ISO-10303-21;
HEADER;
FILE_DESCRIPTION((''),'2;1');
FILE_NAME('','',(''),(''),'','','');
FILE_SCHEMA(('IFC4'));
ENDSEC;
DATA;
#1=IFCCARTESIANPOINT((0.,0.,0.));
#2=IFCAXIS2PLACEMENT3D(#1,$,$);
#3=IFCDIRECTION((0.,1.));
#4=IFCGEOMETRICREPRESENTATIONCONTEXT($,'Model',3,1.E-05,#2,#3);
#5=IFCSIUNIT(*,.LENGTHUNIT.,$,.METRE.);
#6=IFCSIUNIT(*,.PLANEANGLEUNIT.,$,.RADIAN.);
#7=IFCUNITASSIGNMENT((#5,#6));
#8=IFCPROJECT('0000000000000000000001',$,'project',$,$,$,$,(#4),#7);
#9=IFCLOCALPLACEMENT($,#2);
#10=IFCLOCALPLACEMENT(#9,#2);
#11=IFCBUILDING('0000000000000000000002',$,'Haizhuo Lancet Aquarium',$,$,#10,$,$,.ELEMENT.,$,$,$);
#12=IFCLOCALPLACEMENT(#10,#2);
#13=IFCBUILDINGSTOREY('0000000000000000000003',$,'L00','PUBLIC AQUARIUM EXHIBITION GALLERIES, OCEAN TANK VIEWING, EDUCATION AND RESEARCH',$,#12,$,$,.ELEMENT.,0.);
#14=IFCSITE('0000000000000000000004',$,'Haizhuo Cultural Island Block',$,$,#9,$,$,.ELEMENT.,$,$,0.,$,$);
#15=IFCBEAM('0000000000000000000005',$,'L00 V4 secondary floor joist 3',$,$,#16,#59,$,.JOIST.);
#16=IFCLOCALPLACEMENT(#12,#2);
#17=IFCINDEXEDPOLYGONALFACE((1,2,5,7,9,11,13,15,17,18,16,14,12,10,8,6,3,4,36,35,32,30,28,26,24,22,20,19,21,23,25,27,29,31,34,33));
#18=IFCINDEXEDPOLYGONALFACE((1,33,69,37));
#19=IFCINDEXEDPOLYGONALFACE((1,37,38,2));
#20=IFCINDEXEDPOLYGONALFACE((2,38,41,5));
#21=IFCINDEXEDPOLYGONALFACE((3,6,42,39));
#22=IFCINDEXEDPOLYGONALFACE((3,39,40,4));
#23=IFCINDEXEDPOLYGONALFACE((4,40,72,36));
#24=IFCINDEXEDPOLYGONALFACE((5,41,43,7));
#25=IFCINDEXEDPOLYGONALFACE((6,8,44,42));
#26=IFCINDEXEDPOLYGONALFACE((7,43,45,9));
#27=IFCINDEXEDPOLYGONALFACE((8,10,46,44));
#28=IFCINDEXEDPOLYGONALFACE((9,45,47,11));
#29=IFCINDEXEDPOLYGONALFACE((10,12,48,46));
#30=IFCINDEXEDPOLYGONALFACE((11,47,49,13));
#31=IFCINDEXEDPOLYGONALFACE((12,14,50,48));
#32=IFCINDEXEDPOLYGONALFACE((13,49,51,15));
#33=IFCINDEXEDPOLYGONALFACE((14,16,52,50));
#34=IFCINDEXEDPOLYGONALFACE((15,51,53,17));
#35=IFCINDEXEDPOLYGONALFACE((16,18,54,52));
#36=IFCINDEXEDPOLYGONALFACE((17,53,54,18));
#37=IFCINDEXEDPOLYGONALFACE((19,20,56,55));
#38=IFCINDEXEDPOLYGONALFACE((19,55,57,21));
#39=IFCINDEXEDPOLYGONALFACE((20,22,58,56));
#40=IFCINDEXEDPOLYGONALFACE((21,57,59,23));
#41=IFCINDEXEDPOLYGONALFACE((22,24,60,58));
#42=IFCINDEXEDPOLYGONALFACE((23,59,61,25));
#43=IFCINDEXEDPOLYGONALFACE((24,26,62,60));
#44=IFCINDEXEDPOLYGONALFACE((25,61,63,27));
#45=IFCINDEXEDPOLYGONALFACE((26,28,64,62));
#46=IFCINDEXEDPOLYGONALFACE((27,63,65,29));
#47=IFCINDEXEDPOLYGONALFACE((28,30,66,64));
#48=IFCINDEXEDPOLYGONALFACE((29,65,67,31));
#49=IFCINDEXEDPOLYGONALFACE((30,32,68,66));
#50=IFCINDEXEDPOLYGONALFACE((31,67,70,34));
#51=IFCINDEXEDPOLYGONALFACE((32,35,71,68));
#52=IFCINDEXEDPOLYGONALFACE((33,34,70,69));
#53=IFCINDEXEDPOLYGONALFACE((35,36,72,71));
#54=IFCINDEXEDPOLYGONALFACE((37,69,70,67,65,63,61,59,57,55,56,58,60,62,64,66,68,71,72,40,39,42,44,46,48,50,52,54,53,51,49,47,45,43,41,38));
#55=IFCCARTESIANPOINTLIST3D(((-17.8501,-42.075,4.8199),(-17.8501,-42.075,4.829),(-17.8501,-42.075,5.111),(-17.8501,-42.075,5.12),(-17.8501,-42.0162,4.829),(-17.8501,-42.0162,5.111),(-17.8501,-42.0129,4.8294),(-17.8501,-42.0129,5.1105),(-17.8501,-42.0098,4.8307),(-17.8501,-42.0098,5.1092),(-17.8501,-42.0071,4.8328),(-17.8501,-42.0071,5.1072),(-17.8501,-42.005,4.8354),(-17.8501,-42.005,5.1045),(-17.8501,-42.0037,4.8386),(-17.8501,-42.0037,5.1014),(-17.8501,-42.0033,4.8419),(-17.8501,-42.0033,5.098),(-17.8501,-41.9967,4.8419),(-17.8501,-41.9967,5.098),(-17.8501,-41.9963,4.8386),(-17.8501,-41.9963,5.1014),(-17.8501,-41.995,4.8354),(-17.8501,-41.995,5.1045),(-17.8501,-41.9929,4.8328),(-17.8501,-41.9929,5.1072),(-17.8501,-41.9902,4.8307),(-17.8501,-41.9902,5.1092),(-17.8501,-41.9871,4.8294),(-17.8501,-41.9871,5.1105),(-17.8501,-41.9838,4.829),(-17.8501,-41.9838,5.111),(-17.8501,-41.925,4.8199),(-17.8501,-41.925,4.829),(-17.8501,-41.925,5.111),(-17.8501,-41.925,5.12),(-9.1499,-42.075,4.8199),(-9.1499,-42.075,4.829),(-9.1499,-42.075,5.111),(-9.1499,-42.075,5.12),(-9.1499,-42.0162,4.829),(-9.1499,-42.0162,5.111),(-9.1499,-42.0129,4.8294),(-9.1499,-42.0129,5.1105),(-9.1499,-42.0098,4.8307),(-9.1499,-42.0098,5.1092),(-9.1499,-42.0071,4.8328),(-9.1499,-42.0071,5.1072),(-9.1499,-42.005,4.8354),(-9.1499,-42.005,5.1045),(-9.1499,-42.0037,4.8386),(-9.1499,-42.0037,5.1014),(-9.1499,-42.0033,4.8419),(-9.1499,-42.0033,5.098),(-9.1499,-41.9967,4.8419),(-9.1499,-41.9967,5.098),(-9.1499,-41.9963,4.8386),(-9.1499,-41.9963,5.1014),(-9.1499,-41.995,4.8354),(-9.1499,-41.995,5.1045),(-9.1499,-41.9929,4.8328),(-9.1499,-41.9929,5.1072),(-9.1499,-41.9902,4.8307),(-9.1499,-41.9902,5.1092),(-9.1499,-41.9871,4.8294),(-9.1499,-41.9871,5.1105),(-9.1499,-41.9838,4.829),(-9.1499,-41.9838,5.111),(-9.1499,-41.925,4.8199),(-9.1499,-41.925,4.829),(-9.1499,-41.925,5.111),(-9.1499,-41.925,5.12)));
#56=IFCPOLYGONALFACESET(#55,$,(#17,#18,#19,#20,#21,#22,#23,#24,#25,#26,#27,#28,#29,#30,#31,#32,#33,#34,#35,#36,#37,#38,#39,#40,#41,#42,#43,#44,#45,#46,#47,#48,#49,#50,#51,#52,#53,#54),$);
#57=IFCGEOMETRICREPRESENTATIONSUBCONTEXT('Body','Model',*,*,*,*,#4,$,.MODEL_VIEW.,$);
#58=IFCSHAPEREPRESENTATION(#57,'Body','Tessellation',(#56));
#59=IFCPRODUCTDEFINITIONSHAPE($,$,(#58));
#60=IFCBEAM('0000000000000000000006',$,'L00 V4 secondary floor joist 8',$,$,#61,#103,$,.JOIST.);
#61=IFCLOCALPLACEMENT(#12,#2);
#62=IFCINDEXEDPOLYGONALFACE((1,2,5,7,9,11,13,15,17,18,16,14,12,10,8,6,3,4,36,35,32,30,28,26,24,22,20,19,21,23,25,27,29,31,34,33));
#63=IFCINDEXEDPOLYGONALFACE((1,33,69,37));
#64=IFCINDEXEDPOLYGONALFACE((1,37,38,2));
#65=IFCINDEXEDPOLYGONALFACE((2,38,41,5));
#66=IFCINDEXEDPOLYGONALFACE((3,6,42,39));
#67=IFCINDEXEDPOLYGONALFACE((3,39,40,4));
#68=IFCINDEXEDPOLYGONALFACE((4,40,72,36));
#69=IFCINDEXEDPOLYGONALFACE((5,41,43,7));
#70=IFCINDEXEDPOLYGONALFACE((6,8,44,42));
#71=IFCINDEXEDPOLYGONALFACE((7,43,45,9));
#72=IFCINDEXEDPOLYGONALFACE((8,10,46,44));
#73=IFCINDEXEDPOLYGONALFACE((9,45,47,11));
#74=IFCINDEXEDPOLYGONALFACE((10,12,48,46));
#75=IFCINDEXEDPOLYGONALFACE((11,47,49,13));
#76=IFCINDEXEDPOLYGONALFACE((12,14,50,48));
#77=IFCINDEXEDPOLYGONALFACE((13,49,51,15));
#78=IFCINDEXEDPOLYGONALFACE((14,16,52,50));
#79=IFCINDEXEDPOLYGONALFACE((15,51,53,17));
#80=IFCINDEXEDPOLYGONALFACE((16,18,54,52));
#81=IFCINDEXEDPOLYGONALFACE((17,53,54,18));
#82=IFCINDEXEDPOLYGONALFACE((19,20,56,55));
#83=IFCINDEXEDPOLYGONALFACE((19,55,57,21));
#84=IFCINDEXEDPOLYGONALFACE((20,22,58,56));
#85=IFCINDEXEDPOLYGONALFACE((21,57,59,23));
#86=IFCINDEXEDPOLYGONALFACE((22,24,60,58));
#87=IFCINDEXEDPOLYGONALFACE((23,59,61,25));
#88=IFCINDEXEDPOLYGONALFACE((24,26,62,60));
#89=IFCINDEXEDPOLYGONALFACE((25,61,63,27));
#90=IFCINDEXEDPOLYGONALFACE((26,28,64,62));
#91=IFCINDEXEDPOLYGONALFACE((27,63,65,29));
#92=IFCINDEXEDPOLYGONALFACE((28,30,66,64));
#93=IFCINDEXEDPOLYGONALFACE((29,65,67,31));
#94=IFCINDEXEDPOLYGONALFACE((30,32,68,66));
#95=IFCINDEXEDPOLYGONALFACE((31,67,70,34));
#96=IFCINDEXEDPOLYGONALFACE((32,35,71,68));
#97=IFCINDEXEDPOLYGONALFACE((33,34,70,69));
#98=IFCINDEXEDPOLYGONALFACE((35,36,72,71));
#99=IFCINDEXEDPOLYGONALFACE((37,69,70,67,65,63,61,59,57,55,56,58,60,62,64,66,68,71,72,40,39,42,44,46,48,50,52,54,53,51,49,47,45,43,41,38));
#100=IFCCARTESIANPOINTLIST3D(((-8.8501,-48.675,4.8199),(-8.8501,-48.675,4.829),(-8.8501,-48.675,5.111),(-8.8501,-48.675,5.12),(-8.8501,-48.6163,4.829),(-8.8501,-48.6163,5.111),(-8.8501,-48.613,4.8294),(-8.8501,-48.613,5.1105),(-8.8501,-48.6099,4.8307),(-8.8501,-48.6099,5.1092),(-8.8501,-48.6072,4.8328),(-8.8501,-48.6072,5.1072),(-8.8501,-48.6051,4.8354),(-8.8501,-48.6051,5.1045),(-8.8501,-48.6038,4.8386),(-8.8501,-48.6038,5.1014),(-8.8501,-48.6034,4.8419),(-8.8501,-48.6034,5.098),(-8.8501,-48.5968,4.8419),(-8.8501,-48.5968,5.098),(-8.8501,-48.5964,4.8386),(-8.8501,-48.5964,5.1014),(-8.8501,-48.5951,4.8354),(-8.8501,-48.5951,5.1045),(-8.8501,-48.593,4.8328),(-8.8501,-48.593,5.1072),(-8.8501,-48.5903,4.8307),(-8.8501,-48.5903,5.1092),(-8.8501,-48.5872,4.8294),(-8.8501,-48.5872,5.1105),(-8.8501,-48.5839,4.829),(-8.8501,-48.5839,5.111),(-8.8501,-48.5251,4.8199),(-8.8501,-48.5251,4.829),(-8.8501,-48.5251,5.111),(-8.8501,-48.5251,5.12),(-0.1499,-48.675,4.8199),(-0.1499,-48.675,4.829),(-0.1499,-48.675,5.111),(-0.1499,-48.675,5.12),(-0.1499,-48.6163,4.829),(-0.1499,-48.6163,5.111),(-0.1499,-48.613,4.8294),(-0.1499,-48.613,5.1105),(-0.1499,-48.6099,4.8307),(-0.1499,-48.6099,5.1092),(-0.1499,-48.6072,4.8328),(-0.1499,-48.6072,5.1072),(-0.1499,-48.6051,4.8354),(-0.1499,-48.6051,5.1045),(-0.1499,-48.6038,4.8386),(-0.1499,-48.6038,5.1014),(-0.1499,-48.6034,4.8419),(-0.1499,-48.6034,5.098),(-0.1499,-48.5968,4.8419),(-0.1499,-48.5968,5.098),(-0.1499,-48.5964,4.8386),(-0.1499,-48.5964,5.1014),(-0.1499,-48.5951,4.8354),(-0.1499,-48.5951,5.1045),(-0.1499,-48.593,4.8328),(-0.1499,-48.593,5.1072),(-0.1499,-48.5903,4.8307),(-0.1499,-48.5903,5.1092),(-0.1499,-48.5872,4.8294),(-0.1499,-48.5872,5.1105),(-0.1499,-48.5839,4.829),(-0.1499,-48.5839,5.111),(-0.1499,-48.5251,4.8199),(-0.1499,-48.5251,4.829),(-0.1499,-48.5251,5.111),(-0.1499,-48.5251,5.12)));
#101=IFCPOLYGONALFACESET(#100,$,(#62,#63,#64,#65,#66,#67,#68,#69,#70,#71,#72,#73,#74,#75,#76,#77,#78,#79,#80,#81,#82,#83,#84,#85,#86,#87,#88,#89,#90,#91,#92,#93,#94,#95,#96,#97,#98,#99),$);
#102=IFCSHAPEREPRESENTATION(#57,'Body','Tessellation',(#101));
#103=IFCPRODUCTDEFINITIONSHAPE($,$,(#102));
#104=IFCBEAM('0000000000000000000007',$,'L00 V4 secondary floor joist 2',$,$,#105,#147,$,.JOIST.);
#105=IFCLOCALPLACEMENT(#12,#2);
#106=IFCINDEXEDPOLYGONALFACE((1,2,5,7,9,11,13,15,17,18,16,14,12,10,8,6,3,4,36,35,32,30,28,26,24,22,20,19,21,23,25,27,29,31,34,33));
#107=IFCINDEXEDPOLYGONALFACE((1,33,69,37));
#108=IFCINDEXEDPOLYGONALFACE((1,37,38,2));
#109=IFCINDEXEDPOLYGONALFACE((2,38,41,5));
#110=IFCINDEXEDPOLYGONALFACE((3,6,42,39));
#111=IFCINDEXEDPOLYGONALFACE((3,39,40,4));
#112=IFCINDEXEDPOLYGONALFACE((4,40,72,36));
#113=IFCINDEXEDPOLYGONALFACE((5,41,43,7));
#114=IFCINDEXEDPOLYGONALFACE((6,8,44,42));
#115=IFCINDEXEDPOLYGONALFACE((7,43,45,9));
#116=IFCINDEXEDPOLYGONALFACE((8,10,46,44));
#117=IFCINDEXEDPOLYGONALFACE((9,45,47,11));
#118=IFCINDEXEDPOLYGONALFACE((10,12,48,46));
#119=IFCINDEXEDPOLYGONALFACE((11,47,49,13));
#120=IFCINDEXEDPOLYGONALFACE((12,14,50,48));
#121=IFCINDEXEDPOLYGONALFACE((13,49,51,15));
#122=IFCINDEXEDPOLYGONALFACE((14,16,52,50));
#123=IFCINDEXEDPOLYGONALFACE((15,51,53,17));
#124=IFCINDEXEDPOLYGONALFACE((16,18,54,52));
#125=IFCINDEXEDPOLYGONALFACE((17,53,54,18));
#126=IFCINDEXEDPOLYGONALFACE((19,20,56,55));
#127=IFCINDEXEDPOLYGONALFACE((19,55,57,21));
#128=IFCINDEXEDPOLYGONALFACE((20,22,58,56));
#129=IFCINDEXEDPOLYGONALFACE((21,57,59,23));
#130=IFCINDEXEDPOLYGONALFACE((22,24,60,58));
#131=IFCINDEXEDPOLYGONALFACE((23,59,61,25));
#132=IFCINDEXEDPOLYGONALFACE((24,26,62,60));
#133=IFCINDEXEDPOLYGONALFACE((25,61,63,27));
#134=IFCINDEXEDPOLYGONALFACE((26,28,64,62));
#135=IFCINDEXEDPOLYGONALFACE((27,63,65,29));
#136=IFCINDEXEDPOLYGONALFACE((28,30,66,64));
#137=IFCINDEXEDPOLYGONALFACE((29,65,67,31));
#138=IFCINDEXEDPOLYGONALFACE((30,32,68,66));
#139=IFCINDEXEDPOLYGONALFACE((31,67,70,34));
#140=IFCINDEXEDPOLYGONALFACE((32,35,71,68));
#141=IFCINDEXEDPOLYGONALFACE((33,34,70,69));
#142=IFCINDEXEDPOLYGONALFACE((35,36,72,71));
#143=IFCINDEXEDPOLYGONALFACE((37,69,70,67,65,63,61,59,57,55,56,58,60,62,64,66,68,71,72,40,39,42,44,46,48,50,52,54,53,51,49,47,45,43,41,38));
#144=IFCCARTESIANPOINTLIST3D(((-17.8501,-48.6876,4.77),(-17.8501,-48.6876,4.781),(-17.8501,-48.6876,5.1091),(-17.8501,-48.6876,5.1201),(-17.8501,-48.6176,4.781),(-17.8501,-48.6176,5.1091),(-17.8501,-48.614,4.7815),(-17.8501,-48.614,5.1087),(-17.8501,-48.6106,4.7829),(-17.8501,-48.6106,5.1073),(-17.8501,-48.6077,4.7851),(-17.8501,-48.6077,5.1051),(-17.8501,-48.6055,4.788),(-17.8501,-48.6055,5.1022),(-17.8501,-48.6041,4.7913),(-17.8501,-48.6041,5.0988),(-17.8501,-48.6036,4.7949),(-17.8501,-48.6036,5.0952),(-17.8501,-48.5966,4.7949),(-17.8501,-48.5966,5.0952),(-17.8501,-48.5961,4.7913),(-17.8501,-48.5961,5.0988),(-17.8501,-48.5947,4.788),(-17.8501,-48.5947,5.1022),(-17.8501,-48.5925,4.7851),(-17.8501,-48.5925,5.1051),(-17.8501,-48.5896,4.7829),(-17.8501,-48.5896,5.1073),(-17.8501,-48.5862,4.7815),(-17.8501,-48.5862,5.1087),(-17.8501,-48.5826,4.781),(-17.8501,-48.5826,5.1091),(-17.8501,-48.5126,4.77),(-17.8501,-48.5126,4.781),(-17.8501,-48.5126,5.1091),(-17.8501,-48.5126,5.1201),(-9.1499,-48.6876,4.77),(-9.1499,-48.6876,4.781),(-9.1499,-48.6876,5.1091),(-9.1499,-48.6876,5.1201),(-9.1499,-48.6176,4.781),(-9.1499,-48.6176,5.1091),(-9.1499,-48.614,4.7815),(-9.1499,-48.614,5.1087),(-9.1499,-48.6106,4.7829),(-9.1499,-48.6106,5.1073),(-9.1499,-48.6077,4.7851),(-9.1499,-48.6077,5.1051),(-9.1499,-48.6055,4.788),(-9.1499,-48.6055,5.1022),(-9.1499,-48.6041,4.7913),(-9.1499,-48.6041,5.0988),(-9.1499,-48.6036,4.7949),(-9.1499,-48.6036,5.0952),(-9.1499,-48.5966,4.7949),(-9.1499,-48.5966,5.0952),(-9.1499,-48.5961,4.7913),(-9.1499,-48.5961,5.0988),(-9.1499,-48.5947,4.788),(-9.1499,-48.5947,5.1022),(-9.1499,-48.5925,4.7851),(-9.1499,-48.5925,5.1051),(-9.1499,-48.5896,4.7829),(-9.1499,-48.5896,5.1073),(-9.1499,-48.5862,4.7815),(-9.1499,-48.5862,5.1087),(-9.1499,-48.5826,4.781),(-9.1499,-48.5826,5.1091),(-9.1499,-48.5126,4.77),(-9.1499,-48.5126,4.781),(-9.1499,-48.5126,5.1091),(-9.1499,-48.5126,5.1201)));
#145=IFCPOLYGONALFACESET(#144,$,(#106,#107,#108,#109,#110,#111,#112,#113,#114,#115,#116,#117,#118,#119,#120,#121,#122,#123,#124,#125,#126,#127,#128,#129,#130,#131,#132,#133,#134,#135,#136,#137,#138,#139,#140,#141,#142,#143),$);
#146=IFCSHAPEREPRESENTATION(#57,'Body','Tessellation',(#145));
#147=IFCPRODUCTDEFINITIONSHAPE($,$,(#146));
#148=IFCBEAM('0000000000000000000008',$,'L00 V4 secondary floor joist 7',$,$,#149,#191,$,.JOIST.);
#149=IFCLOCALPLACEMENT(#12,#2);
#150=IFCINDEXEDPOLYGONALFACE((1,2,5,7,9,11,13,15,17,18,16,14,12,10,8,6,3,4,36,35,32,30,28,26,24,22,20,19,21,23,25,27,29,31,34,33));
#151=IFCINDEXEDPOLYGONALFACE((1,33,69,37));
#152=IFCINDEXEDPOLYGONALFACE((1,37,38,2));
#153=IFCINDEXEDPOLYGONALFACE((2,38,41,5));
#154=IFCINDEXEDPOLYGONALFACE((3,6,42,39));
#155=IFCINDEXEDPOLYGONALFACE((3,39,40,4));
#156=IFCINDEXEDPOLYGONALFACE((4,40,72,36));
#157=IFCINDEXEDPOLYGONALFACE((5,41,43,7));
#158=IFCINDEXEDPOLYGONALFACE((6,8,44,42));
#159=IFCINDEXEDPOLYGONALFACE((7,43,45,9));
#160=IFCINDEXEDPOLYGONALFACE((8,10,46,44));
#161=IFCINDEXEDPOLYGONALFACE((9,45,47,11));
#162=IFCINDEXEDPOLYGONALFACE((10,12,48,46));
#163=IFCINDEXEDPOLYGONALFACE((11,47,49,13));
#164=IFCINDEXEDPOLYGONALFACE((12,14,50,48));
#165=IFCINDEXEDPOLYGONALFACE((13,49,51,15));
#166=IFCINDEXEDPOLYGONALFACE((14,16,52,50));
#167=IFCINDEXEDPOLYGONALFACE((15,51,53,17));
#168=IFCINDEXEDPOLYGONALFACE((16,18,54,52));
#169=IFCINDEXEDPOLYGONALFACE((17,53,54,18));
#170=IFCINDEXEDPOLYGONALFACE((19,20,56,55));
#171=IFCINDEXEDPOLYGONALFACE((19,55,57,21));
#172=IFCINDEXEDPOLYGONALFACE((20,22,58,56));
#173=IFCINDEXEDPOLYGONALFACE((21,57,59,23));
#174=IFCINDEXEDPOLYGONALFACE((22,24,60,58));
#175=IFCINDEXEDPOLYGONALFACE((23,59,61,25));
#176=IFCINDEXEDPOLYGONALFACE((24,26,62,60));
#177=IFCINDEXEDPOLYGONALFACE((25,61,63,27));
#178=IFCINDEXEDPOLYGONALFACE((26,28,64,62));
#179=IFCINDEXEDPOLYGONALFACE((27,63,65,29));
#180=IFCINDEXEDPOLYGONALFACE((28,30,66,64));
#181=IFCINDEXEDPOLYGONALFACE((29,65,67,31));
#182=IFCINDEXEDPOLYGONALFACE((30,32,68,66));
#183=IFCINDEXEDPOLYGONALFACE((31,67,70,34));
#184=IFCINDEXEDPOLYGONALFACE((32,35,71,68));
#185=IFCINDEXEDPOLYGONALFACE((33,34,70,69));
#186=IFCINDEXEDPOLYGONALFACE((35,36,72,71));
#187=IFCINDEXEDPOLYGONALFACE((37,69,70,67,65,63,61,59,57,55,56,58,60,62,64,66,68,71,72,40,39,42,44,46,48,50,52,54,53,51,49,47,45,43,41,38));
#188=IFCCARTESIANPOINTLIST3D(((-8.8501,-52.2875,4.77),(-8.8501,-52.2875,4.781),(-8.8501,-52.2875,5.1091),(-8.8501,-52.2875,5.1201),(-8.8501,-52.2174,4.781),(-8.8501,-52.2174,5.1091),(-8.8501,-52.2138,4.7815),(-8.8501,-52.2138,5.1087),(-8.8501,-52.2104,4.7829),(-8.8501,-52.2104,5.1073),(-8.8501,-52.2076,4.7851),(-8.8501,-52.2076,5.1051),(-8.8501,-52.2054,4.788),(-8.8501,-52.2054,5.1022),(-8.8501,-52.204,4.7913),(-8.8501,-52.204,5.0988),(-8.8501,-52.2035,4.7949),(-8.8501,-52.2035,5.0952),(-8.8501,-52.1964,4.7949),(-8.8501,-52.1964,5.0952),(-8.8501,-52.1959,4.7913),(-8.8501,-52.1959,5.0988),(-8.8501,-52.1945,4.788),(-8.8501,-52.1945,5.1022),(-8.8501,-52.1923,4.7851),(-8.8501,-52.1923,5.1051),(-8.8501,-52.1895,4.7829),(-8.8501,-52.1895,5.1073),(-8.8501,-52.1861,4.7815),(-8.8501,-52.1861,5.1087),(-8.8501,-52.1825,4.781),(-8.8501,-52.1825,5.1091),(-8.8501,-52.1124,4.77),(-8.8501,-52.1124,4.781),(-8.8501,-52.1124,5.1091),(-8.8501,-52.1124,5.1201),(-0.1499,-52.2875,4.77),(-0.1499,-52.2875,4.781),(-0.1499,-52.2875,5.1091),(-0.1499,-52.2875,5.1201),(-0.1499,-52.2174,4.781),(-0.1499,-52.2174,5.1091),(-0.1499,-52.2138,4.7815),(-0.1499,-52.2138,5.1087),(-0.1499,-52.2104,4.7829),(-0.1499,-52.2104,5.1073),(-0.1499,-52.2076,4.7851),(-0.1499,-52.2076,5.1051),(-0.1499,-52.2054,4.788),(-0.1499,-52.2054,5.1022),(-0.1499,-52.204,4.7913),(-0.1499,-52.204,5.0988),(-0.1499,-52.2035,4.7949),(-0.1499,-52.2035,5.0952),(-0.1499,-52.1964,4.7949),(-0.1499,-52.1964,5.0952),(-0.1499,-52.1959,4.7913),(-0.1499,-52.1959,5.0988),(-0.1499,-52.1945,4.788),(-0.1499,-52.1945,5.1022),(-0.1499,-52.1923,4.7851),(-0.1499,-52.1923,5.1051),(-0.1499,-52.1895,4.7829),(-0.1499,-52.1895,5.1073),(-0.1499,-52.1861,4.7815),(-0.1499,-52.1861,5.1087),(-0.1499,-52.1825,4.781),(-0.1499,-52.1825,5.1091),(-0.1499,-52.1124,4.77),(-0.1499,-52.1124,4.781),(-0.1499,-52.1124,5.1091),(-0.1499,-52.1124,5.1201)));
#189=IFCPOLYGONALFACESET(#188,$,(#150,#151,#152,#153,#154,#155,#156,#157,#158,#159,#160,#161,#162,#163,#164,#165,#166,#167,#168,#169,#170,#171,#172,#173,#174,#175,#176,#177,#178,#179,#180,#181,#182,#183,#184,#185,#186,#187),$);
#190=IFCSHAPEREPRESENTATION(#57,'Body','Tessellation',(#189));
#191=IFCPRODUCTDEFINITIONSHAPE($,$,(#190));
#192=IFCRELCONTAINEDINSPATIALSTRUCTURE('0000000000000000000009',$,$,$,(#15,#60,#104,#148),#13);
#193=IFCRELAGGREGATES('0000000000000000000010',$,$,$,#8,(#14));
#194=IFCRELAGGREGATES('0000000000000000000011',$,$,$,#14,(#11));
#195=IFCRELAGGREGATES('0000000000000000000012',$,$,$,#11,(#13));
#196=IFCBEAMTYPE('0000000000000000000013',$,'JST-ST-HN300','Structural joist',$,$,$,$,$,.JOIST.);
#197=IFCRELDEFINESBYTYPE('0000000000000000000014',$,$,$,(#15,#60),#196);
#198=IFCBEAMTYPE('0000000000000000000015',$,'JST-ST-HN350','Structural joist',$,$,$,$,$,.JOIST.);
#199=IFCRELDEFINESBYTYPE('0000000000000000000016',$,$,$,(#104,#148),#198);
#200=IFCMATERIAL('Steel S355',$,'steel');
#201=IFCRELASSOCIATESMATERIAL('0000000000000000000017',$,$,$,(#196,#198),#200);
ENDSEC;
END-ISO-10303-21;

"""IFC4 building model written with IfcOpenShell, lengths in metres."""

from ifc_helpers import new_model, si_unit, direction, frame, origin, origin_2d, place, context, subcontext, project, spatial, i_section, extrude, material, material_profile, profile_set, type_object, element, save


model = new_model("IFC4")

# Units and contexts
model_context = context("Model", 3, precision=1e-05, world=origin(), true_north=direction((0.0, 1.0)))
body_context = subcontext(model_context, "Body", "Model", "MODEL_VIEW")
ifc_project = project(units=[si_unit("LENGTHUNIT", "METRE"), si_unit("PLANEANGLEUNIT", "RADIAN")], contexts=[model_context])

# Site, building, storey
site_placement = place(None, origin())
site = spatial("IfcSite", under=ifc_project, at=site_placement, Name="Haizhuo Cultural Island Block", CompositionType="ELEMENT", RefElevation=0.0)
building_placement = place(site_placement, origin())
building = spatial("IfcBuilding", under=site, at=building_placement, Name="Haizhuo Lancet Aquarium", CompositionType="ELEMENT")
storey_placement = place(building_placement, origin())
storey = spatial("IfcBuildingStorey", under=building, at=storey_placement, Name="L00", Description="PUBLIC AQUARIUM EXHIBITION GALLERIES, OCEAN TANK VIEWING, EDUCATION AND RESEARCH", CompositionType="ELEMENT", Elevation=0.0)

# Shared definitions
ifc_material_1 = material(Name="Steel S355", Category="steel")

# Beams
ifc_material_profile_1 = material_profile(ifc_material_1, i_section(OverallWidth=0.1499, OverallDepth=0.3, WebThickness=0.0066, FlangeThickness=0.009, FilletRadius=0.0129, at=origin_2d()), Name="HN 300x150x6.5x9")
ifc_profile_set_1 = profile_set([ifc_material_profile_1], Name="Steel S355")
beam_type_1 = type_object("IfcBeamType", Name="JST-ST-HN300", Description="Structural joist", PredefinedType="JOIST", material=ifc_profile_set_1)
for number, where, z_axis, x_axis, name in (
    (1, (-17.8501, -42.0, 4.97), (1.0, 0.0, 0.0), (0.0, 1.0, 0.0), "L00 V4 secondary floor joist 3"),
    (2, (-8.8501, -48.6001, 4.97), (1.0, 0.0, 0.0), (0.0, 1.0, 0.0), "L00 V4 secondary floor joist 8"),
):
    element("IfcBeam", number, at=place(storey_placement, frame(where, z_axis=z_axis, x_axis=x_axis)), inside=storey, type_object=beam_type_1, Name=name, PredefinedType="JOIST", context=body_context, shape_type="SweptSolid", body=[
        extrude(i_section(OverallWidth=0.1499, OverallDepth=0.3, WebThickness=0.0066, FlangeThickness=0.009, FilletRadius=0.0129, at=origin_2d()), origin(), (0.0, 0.0, 1.0), 8.7002),
    ])
ifc_material_profile_2 = material_profile(ifc_material_1, i_section(OverallWidth=0.175, OverallDepth=0.3501, WebThickness=0.0071, FlangeThickness=0.011, FilletRadius=0.0139, at=origin_2d()), Name="HN 350x175x7x11")
ifc_profile_set_2 = profile_set([ifc_material_profile_2], Name="Steel S355")
beam_type_2 = type_object("IfcBeamType", Name="JST-ST-HN350", Description="Structural joist", PredefinedType="JOIST", material=ifc_profile_set_2)
for number, where, z_axis, x_axis, name in (
    (3, (-17.8501, -48.6001, 4.9451), (1.0, 0.0, 0.0), (0.0, 1.0, 0.0), "L00 V4 secondary floor joist 2"),
    (4, (-8.8501, -52.2, 4.9451), (1.0, 0.0, 0.0), (0.0, 1.0, 0.0), "L00 V4 secondary floor joist 7"),
):
    element("IfcBeam", number, at=place(storey_placement, frame(where, z_axis=z_axis, x_axis=x_axis)), inside=storey, type_object=beam_type_2, Name=name, PredefinedType="JOIST", context=body_context, shape_type="SweptSolid", body=[
        extrude(i_section(OverallWidth=0.175, OverallDepth=0.3501, WebThickness=0.0071, FlangeThickness=0.011, FilletRadius=0.0139, at=origin_2d()), origin(), (0.0, 0.0, 1.0), 8.7002),
    ])

save(model, "model.ifc")
